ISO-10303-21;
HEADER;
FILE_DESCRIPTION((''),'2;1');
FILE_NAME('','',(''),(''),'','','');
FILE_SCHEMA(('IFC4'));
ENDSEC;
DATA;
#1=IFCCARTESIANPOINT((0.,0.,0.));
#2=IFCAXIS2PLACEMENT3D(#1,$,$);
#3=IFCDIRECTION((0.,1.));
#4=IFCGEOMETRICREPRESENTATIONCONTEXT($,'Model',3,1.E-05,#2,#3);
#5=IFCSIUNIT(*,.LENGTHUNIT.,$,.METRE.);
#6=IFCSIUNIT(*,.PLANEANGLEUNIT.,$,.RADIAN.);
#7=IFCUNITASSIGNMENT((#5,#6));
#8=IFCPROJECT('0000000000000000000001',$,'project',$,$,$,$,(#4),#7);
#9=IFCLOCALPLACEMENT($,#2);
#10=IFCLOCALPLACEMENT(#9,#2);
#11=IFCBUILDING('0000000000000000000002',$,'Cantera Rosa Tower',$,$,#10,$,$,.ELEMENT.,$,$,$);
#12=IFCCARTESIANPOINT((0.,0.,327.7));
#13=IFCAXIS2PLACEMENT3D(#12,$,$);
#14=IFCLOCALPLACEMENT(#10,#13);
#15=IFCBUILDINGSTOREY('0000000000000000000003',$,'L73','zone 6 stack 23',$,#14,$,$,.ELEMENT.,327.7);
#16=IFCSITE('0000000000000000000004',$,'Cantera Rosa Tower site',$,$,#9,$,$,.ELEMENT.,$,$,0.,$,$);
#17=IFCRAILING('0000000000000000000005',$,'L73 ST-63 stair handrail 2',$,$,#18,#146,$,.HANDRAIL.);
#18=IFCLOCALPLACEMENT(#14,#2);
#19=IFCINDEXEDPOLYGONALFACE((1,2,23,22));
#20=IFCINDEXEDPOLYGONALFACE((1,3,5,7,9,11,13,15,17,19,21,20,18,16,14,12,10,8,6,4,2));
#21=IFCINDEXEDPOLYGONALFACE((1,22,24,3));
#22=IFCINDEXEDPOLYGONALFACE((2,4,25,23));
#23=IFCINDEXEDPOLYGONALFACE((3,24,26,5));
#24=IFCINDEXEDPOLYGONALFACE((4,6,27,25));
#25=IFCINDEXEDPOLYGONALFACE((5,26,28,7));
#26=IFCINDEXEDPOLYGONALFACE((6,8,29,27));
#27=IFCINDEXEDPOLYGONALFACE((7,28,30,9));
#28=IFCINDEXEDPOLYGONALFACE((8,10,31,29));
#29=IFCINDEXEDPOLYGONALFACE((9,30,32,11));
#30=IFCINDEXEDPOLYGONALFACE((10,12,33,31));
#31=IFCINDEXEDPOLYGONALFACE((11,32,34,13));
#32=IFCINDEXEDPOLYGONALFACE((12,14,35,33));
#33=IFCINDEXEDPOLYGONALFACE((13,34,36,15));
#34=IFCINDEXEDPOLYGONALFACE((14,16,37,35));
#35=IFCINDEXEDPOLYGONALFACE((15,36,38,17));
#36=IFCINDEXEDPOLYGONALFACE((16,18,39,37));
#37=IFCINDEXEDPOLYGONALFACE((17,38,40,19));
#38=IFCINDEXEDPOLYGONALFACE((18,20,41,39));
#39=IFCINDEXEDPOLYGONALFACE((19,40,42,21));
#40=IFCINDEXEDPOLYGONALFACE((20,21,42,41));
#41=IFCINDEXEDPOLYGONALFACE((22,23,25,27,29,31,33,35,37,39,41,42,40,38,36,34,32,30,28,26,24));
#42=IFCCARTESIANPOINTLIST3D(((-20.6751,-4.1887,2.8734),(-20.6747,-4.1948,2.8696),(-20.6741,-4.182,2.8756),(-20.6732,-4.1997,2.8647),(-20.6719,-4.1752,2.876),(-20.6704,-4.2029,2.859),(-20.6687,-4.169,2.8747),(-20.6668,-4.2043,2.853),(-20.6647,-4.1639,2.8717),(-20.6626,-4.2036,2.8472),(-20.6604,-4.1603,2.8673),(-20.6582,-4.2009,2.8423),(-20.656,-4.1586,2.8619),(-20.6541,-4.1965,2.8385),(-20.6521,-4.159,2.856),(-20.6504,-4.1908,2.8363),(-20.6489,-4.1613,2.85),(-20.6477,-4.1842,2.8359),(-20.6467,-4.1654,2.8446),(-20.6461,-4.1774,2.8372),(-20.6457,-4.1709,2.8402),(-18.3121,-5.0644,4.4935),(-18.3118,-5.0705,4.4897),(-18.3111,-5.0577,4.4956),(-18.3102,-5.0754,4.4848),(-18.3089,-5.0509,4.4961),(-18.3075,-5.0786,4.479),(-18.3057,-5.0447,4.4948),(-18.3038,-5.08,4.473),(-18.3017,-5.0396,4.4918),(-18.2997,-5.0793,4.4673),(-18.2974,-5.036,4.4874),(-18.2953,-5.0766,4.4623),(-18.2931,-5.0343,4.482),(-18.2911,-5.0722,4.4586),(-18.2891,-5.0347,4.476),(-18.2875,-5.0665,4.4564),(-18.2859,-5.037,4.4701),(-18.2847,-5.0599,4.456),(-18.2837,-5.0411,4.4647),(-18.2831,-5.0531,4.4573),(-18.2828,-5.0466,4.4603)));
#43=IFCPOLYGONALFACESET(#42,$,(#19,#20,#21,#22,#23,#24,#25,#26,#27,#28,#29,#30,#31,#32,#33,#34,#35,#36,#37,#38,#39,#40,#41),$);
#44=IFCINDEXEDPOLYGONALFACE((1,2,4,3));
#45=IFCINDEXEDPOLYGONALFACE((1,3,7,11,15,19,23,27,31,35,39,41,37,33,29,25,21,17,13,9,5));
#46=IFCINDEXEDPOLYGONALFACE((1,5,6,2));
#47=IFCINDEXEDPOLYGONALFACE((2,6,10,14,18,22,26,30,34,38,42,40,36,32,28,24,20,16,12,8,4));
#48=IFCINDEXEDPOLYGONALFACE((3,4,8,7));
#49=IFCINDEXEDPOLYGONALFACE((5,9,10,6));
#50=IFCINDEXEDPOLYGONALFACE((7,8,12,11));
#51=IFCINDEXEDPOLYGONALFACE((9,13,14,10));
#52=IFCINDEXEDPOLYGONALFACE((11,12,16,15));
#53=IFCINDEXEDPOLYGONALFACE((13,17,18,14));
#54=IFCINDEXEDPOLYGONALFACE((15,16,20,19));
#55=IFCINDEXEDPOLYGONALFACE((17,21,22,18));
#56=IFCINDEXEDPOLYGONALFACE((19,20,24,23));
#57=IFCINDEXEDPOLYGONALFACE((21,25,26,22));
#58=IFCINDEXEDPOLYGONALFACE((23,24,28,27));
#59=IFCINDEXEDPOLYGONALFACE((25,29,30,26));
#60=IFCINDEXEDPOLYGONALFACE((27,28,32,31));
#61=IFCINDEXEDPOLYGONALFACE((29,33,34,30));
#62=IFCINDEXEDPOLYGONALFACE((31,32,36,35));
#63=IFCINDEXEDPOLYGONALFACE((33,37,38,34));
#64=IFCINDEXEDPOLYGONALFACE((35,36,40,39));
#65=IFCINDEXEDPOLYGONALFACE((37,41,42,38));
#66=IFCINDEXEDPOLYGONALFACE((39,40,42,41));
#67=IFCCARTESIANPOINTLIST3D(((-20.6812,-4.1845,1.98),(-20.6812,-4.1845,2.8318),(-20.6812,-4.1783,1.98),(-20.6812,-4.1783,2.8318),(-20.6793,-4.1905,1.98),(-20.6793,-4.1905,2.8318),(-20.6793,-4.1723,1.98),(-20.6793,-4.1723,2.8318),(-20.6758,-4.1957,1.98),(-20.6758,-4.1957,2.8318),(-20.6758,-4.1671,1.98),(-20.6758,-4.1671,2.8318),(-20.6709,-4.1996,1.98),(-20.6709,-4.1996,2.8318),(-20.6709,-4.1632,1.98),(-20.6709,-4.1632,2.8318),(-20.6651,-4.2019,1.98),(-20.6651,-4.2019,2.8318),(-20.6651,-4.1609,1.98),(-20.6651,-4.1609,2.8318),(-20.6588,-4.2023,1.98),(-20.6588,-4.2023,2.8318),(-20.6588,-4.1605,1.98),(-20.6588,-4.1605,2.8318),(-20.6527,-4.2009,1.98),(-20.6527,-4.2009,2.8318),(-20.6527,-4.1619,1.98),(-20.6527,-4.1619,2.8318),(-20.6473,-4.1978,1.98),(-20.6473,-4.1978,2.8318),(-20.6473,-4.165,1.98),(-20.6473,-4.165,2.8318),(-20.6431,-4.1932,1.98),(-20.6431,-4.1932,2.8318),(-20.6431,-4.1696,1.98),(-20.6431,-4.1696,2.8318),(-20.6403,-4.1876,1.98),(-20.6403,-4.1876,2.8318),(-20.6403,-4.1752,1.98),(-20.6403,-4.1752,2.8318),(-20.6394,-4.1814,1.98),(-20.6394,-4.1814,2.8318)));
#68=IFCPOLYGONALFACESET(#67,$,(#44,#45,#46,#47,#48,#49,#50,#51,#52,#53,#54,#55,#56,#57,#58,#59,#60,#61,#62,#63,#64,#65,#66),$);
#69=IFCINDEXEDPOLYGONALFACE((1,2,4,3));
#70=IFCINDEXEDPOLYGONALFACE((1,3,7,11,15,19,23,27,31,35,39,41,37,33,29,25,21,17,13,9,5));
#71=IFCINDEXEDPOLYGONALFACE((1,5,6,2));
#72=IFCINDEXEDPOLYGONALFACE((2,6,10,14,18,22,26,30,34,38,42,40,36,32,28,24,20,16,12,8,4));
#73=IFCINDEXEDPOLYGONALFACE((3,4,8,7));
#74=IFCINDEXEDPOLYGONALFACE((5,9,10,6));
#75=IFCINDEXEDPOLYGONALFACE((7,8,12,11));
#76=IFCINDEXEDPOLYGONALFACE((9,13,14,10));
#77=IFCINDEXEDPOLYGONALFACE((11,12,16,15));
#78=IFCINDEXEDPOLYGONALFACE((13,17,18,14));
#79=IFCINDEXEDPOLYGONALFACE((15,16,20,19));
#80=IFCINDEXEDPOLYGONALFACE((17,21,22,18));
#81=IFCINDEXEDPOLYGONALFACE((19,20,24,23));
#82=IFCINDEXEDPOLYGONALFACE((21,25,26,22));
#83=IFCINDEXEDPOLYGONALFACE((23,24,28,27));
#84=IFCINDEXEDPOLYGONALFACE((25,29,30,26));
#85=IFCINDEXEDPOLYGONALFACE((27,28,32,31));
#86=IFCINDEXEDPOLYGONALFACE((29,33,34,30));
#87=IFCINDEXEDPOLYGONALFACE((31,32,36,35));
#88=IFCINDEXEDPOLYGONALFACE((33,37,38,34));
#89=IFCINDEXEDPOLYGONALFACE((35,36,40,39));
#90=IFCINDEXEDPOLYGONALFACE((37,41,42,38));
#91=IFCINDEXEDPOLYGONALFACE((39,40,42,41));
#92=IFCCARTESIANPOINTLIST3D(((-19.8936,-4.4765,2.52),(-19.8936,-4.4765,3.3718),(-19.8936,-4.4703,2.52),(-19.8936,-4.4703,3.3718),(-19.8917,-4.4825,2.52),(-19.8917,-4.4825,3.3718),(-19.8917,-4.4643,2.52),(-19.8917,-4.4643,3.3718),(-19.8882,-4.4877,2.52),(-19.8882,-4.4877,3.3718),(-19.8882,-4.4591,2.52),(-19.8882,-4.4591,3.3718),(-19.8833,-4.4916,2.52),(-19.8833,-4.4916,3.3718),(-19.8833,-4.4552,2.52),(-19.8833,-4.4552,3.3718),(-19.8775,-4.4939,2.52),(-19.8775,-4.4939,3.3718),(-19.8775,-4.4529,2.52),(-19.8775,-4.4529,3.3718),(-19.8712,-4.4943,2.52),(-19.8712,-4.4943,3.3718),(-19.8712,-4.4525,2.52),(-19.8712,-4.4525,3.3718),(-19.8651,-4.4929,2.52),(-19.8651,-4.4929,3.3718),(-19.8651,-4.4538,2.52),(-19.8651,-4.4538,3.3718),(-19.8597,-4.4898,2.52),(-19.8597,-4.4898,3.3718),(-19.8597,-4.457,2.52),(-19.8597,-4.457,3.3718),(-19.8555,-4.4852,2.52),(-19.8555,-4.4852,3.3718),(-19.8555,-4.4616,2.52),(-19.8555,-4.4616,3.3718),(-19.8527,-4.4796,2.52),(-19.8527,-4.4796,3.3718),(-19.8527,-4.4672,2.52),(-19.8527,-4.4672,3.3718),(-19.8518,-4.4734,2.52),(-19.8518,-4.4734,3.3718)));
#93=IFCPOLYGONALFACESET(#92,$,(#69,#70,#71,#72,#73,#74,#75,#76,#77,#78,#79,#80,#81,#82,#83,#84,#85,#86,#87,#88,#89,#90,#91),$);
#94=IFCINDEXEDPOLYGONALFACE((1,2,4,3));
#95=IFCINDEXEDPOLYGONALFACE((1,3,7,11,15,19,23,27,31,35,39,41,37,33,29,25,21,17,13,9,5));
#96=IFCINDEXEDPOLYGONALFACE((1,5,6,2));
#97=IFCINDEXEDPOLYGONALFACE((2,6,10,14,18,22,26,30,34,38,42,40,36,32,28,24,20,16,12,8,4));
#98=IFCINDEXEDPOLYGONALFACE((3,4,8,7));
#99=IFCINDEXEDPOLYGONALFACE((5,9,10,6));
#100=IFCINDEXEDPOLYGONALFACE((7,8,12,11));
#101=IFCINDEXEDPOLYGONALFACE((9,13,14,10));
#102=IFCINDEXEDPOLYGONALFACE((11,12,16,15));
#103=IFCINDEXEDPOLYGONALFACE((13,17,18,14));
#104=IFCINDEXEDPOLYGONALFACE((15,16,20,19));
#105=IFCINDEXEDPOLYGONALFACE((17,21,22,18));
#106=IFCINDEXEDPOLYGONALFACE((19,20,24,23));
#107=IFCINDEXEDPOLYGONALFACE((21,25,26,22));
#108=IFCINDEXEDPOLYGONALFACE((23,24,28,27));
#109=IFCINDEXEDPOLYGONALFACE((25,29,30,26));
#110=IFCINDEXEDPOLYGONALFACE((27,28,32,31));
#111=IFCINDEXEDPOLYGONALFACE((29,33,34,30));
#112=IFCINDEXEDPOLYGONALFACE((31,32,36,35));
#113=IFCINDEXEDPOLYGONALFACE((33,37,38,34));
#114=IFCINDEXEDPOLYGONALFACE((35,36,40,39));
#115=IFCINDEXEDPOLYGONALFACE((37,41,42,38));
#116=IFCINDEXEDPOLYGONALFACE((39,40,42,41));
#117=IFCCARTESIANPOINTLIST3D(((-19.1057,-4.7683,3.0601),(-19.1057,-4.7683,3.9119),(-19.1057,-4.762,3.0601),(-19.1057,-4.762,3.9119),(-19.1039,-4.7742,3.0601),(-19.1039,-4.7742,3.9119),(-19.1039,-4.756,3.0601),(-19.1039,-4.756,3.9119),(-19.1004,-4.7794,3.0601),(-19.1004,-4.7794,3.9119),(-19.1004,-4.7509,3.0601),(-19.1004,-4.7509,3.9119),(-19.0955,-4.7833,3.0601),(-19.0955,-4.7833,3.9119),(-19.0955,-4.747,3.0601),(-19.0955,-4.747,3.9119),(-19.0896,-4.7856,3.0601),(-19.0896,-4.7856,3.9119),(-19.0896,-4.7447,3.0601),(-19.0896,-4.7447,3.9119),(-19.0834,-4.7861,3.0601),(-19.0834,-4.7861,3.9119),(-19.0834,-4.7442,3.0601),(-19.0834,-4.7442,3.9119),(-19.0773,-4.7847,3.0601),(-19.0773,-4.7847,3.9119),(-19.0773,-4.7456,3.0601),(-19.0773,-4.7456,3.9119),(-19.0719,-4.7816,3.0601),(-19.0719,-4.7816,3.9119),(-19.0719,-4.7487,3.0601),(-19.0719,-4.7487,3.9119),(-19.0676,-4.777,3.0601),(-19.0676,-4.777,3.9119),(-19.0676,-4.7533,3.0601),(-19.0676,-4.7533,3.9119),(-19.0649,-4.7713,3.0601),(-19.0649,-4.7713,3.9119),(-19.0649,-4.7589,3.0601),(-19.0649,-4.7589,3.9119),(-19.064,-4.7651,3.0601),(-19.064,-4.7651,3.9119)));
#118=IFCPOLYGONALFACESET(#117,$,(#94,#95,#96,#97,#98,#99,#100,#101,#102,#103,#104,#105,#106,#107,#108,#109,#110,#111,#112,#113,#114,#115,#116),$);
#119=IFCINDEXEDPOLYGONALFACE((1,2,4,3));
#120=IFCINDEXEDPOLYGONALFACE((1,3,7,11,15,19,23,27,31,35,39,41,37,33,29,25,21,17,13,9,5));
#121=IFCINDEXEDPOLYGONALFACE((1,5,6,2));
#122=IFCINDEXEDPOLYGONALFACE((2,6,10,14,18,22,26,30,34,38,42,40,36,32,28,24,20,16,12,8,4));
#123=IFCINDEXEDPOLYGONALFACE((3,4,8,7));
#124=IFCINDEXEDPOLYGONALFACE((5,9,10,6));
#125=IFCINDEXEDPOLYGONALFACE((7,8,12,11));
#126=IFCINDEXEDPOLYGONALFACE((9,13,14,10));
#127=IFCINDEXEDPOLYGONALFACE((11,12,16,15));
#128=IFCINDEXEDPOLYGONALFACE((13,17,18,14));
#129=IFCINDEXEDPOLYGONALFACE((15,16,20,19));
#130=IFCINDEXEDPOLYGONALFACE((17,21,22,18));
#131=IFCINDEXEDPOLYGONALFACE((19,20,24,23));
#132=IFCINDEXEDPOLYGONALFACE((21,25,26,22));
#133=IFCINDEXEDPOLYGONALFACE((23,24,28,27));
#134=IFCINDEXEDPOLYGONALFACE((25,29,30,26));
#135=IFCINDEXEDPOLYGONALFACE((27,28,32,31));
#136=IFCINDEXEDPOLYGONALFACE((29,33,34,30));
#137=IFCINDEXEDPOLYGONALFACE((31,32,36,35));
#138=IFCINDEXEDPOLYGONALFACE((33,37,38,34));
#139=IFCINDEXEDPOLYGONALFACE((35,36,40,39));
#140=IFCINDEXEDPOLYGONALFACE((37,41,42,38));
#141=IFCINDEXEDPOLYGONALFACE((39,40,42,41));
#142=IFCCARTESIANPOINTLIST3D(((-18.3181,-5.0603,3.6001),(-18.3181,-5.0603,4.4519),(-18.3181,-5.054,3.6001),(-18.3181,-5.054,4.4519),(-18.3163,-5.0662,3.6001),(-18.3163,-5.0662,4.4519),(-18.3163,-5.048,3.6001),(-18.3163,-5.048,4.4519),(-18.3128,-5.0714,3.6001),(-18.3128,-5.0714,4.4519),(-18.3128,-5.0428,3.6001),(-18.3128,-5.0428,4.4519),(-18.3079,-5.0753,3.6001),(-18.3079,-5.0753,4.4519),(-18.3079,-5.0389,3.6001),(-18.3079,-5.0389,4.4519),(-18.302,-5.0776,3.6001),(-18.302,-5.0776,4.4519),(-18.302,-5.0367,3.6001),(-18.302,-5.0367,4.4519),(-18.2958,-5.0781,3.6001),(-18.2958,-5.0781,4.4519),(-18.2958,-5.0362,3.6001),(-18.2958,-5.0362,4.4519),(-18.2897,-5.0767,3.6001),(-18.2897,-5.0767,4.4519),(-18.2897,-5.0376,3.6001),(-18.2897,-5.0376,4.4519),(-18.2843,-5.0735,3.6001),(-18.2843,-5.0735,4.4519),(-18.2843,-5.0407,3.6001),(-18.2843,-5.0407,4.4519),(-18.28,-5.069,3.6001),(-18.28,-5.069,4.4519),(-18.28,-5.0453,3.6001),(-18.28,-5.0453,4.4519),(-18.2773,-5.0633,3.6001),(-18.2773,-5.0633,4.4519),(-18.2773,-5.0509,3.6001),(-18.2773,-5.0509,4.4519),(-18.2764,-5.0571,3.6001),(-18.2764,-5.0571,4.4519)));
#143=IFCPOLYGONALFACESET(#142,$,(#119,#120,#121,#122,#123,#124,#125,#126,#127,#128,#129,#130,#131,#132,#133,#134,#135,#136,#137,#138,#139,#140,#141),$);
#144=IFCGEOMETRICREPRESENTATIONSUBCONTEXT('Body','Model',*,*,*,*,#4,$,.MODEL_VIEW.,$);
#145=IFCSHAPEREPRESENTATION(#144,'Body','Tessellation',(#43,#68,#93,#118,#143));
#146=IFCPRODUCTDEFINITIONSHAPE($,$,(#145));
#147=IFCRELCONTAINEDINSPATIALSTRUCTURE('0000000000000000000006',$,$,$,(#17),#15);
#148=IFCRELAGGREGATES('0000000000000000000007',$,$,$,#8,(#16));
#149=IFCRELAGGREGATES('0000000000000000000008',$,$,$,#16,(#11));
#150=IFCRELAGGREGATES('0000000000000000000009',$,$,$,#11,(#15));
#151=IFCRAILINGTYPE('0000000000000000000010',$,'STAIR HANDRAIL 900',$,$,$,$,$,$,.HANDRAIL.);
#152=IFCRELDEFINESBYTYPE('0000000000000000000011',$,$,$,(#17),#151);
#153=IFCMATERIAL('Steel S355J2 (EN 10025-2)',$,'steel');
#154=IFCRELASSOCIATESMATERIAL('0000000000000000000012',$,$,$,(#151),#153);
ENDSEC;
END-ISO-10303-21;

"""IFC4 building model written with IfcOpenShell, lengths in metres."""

from ifc_helpers import new_model, si_unit, direction, frame, origin, origin_2d, place, context, subcontext, project, spatial, circle, extrude, material, type_object, element, save


model = new_model("IFC4")

# Units and contexts
model_context = context("Model", 3, precision=1e-05, world=origin(), true_north=direction((0.0, 1.0)))
body_context = subcontext(model_context, "Body", "Model", "MODEL_VIEW")
ifc_project = project(units=[si_unit("LENGTHUNIT", "METRE"), si_unit("PLANEANGLEUNIT", "RADIAN")], contexts=[model_context])

# Site, building, storey
site_placement = place(None, origin())
site = spatial("IfcSite", under=ifc_project, at=site_placement, Name="Cantera Rosa Tower site", CompositionType="ELEMENT", RefElevation=0.0)
building_placement = place(site_placement, origin())
building = spatial("IfcBuilding", under=site, at=building_placement, Name="Cantera Rosa Tower", CompositionType="ELEMENT")
storey_placement = place(building_placement, frame((0.0, 0.0, 327.7)))
storey = spatial("IfcBuildingStorey", under=building, at=storey_placement, Name="L73", Description="zone 6 stack 23", CompositionType="ELEMENT", Elevation=327.7)

# Railing
ifc_material_1 = material(Name="Steel S355J2 (EN 10025-2)", Category="steel")
railing_type_1 = type_object("IfcRailingType", Name="STAIR HANDRAIL 900", PredefinedType="HANDRAIL", material=ifc_material_1)
railing_1_placement = place(storey_placement, frame((-20.6604, -4.1814, 1.98)))
element("IfcRailing", 1, at=railing_1_placement, inside=storey, type_object=railing_type_1, Name="L73 ST-63 stair handrail 2", PredefinedType="HANDRAIL", context=body_context, shape_type="SweptSolid", body=[
    extrude(circle(Radius=0.0239, at=origin_2d()), frame((0.0, 0.0, 0.876), z_axis=(0.788748, -0.292307, 0.540772), x_axis=(0.347501, 0.93768, 0.0)), (0.0, 0.0, 1.0), 2.9958),
    extrude(circle(Radius=0.021, at=origin_2d()), origin(), (0.0, 0.0, 1.0), 0.8518),
    extrude(circle(Radius=0.021, at=origin_2d()), frame((0.7876, -0.292, 0.54)), (0.0, 0.0, 1.0), 0.8518),
    extrude(circle(Radius=0.021, at=origin_2d()), frame((1.5754, -0.5837, 1.0801)), (0.0, 0.0, 1.0), 0.8518),
    extrude(circle(Radius=0.021, at=origin_2d()), frame((2.363, -0.8757, 1.6201)), (0.0, 0.0, 1.0), 0.8518),
])

save(model, "model.ifc")
